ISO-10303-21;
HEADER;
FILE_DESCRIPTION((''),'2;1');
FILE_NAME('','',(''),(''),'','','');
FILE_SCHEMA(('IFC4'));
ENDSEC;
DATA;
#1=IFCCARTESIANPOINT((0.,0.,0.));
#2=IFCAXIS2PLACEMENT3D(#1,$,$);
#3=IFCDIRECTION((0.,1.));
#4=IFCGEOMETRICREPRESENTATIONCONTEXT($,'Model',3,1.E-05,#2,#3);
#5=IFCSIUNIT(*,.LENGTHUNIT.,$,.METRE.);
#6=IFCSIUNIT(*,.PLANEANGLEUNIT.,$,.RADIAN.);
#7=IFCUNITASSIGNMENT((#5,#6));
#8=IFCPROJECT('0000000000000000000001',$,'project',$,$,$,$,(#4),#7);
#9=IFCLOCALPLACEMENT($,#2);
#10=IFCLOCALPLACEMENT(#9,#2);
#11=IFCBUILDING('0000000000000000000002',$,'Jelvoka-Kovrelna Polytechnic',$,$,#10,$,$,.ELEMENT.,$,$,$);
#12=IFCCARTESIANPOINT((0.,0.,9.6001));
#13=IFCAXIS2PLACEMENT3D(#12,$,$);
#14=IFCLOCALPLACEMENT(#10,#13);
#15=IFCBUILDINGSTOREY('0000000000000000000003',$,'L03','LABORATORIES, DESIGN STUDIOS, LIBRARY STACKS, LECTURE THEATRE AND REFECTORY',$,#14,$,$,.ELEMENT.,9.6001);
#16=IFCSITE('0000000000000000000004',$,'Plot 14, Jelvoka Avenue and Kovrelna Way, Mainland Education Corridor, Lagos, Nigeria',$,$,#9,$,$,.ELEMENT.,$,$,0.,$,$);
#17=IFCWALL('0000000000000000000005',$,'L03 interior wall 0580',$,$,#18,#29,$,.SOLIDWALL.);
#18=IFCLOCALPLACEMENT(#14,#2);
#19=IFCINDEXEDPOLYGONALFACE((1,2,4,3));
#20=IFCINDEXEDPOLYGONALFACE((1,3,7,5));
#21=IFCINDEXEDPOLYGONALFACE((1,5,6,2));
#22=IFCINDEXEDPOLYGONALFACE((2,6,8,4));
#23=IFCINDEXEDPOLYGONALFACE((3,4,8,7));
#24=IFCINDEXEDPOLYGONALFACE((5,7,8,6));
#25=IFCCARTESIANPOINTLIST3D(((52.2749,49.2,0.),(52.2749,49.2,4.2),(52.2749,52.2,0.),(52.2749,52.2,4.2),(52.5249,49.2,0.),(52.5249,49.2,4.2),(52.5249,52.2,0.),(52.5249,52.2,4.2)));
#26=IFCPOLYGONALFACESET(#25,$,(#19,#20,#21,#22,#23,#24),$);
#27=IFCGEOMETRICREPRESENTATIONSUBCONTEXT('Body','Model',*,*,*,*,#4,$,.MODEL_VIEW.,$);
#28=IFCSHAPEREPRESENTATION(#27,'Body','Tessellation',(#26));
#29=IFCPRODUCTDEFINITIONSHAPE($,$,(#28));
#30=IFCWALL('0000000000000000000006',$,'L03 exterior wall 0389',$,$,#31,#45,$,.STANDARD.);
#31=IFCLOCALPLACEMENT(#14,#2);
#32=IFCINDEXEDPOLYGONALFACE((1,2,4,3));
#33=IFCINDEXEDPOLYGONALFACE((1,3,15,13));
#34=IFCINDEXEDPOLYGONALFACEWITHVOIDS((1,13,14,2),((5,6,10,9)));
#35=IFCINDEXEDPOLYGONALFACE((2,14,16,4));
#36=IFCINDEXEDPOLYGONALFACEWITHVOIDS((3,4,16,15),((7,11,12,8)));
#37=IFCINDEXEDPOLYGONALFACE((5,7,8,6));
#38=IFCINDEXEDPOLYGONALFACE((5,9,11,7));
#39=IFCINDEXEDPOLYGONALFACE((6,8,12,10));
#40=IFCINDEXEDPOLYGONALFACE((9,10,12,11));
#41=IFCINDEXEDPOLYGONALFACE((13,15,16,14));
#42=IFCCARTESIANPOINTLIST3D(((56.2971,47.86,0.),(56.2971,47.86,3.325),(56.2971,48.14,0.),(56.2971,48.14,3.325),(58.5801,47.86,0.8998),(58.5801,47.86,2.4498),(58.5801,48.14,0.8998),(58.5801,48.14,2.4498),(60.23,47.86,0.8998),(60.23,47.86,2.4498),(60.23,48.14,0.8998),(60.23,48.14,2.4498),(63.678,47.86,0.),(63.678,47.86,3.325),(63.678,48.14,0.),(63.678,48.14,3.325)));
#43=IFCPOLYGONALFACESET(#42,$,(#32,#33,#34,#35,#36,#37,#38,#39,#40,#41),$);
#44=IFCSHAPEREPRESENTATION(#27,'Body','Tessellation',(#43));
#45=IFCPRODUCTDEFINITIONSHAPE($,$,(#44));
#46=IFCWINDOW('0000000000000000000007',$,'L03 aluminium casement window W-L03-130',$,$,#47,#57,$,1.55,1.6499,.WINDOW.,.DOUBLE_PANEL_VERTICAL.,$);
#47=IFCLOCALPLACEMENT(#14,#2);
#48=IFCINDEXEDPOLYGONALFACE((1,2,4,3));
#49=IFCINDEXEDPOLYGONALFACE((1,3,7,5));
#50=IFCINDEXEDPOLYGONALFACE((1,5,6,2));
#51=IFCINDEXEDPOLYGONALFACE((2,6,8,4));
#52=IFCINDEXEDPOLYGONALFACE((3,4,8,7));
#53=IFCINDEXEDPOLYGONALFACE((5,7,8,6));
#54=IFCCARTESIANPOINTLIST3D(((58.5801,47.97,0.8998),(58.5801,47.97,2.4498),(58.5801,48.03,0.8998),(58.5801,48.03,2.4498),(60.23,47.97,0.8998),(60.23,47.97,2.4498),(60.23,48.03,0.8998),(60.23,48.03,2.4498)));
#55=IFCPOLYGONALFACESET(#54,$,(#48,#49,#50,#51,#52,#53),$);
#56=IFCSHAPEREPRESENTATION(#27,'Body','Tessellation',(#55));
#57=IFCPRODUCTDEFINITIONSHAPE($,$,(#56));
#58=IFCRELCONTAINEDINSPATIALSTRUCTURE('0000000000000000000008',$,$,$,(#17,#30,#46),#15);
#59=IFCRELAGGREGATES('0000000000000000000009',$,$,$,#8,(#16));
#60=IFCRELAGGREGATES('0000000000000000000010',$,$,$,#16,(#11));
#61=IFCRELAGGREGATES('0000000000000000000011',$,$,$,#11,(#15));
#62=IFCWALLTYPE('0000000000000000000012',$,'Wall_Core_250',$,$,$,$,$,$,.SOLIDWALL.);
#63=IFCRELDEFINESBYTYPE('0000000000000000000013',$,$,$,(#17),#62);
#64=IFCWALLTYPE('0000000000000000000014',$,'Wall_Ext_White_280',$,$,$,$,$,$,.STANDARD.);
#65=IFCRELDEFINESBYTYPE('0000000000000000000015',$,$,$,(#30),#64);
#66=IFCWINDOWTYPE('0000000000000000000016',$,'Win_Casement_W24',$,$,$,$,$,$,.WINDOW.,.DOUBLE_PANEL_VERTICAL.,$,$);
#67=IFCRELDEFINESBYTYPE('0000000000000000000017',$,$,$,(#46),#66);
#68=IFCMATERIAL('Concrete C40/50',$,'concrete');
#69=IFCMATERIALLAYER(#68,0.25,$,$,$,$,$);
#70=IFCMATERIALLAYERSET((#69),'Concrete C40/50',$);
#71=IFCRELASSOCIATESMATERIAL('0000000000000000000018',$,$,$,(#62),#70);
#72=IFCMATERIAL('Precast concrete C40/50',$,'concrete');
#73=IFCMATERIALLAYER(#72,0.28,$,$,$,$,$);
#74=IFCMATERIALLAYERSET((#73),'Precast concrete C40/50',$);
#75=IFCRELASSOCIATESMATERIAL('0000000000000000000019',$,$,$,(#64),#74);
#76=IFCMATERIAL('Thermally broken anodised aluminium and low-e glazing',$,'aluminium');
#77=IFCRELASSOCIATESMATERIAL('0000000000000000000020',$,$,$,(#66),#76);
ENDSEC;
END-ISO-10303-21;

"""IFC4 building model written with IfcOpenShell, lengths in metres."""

from ifc_helpers import new_model, si_unit, direction, frame, frame_2d, origin, place, context, subcontext, project, spatial, rectangle, extrude, material, layer, layer_set, type_object, element, fill, save


model = new_model("IFC4")

# Units and contexts
model_context = context("Model", 3, precision=1e-05, world=origin(), true_north=direction((0.0, 1.0)))
body_context = subcontext(model_context, "Body", "Model", "MODEL_VIEW")
ifc_project = project(units=[si_unit("LENGTHUNIT", "METRE"), si_unit("PLANEANGLEUNIT", "RADIAN")], contexts=[model_context])

# Site, building, storey
site_placement = place(None, origin())
site = spatial("IfcSite", under=ifc_project, at=site_placement, Name="Plot 14, Jelvoka Avenue and Kovrelna Way, Mainland Education Corridor, Lagos, Nigeria", CompositionType="ELEMENT", RefElevation=0.0)
building_placement = place(site_placement, origin())
building = spatial("IfcBuilding", under=site, at=building_placement, Name="Jelvoka-Kovrelna Polytechnic", CompositionType="ELEMENT")
storey_placement = place(building_placement, frame((0.0, 0.0, 9.6001)))
storey = spatial("IfcBuildingStorey", under=building, at=storey_placement, Name="L03", Description="LABORATORIES, DESIGN STUDIOS, LIBRARY STACKS, LECTURE THEATRE AND REFECTORY", CompositionType="ELEMENT", Elevation=9.6001)

# Shared definitions
ifc_material_1 = material(Name="Concrete C40/50", Category="concrete")
ifc_layer_1 = layer(ifc_material_1, 0.25)
ifc_layer_set_1 = layer_set([ifc_layer_1], Name="Concrete C40/50")
wall_type_1 = type_object("IfcWallType", Name="Wall_Core_250", PredefinedType="SOLIDWALL", material=ifc_layer_set_1)

# Wall
for number, where, z_axis, x_axis, name in (
    (1, (52.3999, 49.2, 0.0), (0.0, 0.0, 1.0), (0.0, 1.0, 0.0), "L03 interior wall 0580"),
):
    element("IfcWall", number, at=place(storey_placement, frame(where, z_axis=z_axis, x_axis=x_axis)), inside=storey, type_object=wall_type_1, Name=name, PredefinedType="SOLIDWALL", context=body_context, shape_type="SweptSolid", body=[
        extrude(rectangle(XDim=3.0, YDim=0.25, at=frame_2d((1.5, 0.0))), origin(), (0.0, 0.0, 1.0), 4.2),
    ])

# Wall, opening, window
ifc_material_2 = material(Name="Precast concrete C40/50", Category="concrete")
ifc_layer_2 = layer(ifc_material_2, 0.28)
ifc_layer_set_2 = layer_set([ifc_layer_2], Name="Precast concrete C40/50")
wall_type_2 = type_object("IfcWallType", Name="Wall_Ext_White_280", PredefinedType="STANDARD", material=ifc_layer_set_2)
wall_1_placement = place(storey_placement, frame((56.2971, 48.0, 0.0), z_axis=(0.0, 0.0, 1.0), x_axis=(1.0, 0.0, 0.0)))
wall_1 = element("IfcWall", 2, at=wall_1_placement, inside=storey, type_object=wall_type_2, Name="L03 exterior wall 0389", PredefinedType="STANDARD", context=body_context, shape_type="SweptSolid", body=[
    extrude(rectangle(XDim=7.3809, YDim=0.28, at=frame_2d((3.6904, 0.0))), origin(), (0.0, 0.0, 1.0), 3.325),
])
opening_1_placement = place(wall_1_placement, frame((2.283, 0.0, 0.8999)))
opening_1 = element("IfcOpeningElement", 3, at=opening_1_placement, cuts=wall_1, PredefinedType="OPENING", context=body_context, shape_type="SweptSolid", body=[
    extrude(rectangle(XDim=1.6499, YDim=1.55, at=frame_2d((0.825, 0.7749))), frame((0.0, 0.1501, 0.0), z_axis=(0.0, -1.0, 0.0), x_axis=(1.0, 0.0, 0.0)), (0.0, 0.0, 1.0), 0.3),
])
ifc_material_3 = material(Name="Thermally broken anodised aluminium and low-e glazing", Category="aluminium")
window_type = type_object("IfcWindowType", Name="Win_Casement_W24", PartitioningType="DOUBLE_PANEL_VERTICAL", PredefinedType="WINDOW", material=ifc_material_3)
window_placement = place(opening_1_placement, origin())
window = element("IfcWindow", 4, at=window_placement, inside=storey, type_object=window_type, Name="L03 aluminium casement window W-L03-130", OverallHeight=1.55, OverallWidth=1.6499, PartitioningType="DOUBLE_PANEL_VERTICAL", PredefinedType="WINDOW", context=body_context, shape_type="SweptSolid", body=[
    extrude(rectangle(XDim=1.6499, YDim=1.55, at=frame_2d((0.825, 0.7749))), frame((0.0, 0.03, 0.0), z_axis=(0.0, -1.0, 0.0), x_axis=(1.0, 0.0, 0.0)), (0.0, 0.0, 1.0), 0.0601),
])
fill(opening_1, window)

save(model, "model.ifc")
